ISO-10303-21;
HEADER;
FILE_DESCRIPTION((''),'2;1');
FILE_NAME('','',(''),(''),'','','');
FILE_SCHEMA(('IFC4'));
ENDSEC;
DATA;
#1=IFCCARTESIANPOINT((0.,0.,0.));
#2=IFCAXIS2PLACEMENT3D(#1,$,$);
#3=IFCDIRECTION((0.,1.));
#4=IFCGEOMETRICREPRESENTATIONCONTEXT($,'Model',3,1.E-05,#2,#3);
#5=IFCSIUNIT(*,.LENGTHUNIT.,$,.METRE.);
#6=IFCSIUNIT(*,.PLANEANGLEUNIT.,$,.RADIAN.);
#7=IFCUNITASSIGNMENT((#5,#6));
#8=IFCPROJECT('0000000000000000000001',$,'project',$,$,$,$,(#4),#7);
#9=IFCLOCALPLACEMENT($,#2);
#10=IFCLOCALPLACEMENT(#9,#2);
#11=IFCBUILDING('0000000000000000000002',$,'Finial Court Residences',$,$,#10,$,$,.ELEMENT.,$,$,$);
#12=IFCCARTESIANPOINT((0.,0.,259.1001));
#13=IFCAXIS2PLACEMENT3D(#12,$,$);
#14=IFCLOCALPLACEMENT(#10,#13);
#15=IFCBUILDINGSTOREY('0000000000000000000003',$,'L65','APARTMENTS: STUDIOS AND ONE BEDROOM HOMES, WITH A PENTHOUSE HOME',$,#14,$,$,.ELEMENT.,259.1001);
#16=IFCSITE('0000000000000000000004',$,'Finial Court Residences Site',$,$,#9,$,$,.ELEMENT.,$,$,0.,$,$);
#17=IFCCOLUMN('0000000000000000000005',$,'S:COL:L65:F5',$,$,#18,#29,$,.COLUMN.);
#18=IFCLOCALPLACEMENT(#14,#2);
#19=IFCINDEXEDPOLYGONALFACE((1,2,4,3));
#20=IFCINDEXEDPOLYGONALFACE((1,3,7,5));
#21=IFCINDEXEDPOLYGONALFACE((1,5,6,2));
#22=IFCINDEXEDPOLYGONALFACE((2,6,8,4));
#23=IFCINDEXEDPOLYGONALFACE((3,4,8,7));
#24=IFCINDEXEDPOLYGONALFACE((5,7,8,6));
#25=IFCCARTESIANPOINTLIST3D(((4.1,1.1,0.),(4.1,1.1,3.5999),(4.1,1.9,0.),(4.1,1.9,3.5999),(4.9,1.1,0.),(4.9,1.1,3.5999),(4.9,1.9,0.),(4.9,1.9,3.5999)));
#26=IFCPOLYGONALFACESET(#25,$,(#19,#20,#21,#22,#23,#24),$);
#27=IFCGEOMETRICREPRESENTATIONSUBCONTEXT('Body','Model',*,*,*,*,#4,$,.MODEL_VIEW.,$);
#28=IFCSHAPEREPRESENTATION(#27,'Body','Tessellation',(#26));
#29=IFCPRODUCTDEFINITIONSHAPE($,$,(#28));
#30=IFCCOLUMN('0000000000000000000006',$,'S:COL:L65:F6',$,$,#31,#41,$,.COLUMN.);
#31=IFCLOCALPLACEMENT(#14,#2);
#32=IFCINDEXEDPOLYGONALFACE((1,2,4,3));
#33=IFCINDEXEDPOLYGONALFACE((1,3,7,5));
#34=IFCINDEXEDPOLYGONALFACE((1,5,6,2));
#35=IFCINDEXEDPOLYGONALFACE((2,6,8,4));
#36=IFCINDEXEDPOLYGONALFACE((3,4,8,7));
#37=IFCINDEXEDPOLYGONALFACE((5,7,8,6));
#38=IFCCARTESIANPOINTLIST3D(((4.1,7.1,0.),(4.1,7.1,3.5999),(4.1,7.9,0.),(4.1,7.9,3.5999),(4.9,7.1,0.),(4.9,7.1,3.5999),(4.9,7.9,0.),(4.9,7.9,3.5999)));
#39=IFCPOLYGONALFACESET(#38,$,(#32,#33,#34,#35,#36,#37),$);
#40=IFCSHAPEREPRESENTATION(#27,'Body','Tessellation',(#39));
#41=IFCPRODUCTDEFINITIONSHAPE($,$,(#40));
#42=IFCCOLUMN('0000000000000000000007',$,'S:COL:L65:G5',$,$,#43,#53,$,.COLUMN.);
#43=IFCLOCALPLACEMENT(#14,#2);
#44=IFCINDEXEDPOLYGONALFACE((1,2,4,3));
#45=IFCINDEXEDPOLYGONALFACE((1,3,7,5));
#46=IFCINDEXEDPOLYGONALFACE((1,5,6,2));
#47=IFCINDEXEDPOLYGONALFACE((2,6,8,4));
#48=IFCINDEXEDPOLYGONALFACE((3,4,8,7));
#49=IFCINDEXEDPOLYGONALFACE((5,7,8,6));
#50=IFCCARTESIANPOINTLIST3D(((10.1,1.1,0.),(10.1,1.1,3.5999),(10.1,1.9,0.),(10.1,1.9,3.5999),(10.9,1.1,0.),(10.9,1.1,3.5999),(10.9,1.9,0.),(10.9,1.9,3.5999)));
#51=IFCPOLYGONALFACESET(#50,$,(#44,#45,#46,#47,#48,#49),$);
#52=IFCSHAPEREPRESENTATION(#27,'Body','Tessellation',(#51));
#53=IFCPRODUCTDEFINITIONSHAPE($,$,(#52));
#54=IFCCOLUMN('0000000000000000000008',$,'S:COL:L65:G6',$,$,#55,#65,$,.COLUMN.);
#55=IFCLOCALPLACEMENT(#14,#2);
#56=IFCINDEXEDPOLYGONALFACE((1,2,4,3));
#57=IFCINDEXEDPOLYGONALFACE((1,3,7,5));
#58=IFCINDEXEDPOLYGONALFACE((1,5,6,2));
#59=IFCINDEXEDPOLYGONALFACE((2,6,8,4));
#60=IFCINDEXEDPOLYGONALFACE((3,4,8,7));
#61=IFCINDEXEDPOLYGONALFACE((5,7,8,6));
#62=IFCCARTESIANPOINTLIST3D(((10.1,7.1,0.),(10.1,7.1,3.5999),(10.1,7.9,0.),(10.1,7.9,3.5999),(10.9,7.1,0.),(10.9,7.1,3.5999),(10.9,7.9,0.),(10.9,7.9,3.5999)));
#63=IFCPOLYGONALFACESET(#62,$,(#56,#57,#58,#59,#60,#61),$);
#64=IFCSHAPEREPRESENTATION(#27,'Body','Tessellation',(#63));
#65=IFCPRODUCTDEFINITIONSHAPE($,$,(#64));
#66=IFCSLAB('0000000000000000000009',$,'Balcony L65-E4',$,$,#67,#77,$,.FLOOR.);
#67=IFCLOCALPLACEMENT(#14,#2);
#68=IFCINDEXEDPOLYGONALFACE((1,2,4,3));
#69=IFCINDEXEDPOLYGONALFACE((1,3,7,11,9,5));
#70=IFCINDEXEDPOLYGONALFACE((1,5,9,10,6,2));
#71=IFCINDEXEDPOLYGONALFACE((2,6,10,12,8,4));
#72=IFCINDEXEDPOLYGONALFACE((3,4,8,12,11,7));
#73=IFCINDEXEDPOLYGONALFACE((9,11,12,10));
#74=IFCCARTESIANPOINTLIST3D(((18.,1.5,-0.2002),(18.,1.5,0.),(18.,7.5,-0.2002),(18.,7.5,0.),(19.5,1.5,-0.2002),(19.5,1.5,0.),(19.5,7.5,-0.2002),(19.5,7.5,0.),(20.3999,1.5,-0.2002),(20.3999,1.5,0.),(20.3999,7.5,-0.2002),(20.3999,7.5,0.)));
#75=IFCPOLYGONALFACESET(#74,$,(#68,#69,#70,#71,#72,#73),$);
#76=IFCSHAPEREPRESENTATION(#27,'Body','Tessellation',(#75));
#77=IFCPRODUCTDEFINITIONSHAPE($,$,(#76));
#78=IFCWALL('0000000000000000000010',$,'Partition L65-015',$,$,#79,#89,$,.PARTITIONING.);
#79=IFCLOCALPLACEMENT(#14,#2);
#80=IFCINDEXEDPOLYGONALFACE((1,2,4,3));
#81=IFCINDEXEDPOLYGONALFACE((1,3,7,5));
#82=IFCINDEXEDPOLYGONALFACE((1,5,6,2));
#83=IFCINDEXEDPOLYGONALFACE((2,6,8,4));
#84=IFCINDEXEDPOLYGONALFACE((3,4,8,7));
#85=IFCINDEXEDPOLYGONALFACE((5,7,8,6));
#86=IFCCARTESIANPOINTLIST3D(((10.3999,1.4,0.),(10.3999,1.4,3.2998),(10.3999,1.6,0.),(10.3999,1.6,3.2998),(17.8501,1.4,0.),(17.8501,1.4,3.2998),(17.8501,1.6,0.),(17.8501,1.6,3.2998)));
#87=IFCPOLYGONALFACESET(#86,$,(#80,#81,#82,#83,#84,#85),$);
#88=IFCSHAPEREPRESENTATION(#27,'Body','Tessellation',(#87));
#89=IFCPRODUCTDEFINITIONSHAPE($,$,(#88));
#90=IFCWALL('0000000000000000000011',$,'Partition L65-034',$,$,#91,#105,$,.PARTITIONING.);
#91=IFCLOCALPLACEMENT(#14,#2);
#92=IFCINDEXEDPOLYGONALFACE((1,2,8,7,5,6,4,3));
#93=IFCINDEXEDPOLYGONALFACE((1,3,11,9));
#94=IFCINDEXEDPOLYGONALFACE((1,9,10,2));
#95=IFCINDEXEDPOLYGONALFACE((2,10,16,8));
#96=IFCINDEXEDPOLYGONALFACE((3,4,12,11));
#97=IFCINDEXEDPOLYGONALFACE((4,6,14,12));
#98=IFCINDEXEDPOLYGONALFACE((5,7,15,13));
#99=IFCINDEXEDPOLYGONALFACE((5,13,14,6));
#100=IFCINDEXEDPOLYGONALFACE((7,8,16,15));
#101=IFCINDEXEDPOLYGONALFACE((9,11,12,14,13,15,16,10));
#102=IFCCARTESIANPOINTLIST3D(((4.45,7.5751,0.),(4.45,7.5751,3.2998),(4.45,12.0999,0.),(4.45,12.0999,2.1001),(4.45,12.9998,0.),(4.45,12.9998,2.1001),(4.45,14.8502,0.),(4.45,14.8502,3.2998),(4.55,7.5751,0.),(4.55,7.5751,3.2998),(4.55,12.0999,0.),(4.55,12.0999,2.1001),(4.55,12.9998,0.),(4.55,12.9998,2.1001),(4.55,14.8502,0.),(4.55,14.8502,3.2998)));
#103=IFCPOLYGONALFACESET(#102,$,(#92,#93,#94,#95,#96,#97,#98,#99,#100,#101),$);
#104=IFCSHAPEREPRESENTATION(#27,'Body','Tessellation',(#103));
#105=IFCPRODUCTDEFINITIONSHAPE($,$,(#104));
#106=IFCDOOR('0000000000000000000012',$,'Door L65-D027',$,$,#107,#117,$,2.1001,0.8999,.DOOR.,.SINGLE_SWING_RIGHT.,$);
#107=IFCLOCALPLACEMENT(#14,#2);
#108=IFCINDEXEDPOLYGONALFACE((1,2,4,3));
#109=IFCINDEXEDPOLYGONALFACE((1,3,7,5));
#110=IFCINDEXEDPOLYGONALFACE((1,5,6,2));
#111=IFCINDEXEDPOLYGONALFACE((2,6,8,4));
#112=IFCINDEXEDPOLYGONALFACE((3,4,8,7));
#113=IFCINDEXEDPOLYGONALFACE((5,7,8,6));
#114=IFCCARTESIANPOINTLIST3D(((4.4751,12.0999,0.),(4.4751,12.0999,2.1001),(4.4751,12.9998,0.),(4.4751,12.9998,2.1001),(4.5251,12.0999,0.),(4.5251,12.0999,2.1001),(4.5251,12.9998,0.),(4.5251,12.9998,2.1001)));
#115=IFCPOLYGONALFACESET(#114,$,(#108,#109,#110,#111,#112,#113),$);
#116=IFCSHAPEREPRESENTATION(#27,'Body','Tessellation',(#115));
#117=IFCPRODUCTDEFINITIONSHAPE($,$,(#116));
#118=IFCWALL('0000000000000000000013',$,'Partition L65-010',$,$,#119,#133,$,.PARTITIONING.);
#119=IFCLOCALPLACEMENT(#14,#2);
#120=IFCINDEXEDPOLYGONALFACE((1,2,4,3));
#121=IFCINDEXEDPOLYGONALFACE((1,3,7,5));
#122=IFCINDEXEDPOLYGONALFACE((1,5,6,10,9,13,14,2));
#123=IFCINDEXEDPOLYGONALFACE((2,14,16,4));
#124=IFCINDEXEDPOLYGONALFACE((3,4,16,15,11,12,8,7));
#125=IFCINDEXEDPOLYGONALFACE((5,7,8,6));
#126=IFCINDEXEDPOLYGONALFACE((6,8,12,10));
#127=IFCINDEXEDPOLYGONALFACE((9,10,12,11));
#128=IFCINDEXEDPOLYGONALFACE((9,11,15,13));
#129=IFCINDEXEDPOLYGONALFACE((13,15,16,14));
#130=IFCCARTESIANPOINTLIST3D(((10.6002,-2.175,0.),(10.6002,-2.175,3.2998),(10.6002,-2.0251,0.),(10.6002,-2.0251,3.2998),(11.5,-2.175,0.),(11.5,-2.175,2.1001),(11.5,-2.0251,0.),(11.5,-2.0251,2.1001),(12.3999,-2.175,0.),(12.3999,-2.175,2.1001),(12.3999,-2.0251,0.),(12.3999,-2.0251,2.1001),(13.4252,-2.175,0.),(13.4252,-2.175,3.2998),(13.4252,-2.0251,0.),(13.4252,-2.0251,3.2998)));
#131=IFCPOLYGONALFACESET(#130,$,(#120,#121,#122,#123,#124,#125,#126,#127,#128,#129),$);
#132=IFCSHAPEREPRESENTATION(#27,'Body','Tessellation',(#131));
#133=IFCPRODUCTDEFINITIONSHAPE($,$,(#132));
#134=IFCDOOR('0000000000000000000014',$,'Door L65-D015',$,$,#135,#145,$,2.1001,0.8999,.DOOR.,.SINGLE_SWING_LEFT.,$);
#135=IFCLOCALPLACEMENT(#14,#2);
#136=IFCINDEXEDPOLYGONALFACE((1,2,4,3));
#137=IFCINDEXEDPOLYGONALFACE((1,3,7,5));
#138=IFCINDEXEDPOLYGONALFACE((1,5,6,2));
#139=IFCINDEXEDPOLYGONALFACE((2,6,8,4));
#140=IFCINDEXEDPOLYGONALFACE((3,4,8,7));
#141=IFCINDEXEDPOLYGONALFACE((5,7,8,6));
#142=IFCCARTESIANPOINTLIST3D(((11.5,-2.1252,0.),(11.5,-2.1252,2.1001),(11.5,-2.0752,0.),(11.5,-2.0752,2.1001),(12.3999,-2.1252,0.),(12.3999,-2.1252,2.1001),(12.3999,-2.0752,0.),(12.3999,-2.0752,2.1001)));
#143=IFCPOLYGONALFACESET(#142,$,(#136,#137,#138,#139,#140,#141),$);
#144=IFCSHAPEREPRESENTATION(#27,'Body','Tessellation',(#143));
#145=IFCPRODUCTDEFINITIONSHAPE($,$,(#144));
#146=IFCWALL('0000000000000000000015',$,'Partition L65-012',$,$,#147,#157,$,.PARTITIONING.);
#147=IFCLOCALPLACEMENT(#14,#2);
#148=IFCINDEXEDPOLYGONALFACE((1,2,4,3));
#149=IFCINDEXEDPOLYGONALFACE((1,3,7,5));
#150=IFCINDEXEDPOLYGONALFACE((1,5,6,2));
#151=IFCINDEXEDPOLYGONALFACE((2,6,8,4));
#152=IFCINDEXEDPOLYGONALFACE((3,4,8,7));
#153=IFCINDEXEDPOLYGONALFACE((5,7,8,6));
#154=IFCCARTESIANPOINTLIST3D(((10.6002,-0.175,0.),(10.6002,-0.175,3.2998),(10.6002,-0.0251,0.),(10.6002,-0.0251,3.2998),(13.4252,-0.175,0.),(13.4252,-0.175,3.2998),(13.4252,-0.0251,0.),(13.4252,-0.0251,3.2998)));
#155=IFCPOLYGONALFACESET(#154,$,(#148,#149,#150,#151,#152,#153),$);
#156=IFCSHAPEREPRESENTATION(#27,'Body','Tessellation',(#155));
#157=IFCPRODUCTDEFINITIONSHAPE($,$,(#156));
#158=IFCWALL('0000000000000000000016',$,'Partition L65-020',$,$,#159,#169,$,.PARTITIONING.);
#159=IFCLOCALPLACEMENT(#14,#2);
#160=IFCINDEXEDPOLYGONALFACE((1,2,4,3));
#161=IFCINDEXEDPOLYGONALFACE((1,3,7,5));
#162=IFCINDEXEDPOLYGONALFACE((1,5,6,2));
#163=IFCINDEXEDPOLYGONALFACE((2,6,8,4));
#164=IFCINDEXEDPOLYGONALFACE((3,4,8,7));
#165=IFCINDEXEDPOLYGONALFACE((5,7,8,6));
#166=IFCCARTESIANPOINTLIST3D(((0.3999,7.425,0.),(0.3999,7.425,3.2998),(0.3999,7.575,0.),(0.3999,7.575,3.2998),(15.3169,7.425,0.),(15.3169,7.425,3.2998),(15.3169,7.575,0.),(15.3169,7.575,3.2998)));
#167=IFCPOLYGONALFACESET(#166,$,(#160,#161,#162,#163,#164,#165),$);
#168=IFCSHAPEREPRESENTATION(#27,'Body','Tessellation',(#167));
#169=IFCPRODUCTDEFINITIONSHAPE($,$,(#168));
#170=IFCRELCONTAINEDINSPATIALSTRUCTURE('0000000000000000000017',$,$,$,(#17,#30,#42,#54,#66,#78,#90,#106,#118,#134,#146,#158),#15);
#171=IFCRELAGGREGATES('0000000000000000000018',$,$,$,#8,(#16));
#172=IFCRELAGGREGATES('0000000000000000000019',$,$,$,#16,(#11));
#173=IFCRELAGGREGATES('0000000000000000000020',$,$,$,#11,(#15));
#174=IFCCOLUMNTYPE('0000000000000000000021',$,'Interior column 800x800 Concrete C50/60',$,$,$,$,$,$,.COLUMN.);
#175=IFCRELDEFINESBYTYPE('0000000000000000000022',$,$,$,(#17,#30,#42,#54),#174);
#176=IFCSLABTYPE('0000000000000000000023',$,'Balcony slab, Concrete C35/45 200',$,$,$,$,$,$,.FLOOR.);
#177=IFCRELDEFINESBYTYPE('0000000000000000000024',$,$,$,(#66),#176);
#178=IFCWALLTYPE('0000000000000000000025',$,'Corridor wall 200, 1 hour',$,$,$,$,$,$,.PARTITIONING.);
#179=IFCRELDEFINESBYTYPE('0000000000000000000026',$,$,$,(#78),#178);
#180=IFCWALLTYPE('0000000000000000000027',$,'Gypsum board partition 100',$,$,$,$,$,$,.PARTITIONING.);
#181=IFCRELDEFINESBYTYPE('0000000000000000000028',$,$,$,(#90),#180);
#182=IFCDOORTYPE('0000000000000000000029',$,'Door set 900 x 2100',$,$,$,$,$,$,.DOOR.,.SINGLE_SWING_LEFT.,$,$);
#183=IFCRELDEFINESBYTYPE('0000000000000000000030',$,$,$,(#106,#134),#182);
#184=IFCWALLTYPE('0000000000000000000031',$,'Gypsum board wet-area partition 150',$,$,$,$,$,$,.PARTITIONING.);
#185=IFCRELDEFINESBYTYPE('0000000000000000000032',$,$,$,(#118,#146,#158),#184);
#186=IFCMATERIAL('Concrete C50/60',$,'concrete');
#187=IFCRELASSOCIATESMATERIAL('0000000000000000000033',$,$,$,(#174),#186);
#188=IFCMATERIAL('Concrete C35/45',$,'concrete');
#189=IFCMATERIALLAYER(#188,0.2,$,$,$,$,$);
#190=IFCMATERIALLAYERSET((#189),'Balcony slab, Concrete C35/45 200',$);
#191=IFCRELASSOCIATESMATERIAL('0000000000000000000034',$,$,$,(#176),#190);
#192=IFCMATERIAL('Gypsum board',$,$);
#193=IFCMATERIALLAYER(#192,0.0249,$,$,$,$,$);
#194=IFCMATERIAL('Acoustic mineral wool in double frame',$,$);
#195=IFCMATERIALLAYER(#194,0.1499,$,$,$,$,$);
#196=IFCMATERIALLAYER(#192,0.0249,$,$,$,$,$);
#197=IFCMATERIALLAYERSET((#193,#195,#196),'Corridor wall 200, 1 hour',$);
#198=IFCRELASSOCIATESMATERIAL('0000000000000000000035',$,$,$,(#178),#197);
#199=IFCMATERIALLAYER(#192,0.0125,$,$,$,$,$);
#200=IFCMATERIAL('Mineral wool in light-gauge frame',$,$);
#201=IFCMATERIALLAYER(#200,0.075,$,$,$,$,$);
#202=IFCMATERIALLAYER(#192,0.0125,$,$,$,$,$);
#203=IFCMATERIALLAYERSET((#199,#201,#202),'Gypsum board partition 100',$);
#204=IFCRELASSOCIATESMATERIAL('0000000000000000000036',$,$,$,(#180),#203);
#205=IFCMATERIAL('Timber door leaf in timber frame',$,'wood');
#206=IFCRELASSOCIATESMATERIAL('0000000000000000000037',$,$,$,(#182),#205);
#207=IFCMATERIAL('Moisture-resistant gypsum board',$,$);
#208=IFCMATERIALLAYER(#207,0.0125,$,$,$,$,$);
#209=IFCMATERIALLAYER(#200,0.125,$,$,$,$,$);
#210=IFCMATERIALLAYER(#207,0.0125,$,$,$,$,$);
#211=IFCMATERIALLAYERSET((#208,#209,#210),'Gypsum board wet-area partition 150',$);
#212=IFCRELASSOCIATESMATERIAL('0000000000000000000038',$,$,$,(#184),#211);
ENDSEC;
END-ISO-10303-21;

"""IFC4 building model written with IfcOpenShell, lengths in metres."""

from ifc_helpers import new_model, si_unit, direction, frame, frame_2d, origin, origin_2d, place, context, subcontext, project, spatial, polyline, rectangle, outline, extrude, material, layer, layer_set, material_profile, profile_set, type_object, element, fill, save


model = new_model("IFC4")

# Units and contexts
model_context = context("Model", 3, precision=1e-05, world=origin(), true_north=direction((0.0, 1.0)))
body_context = subcontext(model_context, "Body", "Model", "MODEL_VIEW")
ifc_project = project(units=[si_unit("LENGTHUNIT", "METRE"), si_unit("PLANEANGLEUNIT", "RADIAN")], contexts=[model_context])

# Site, building, storey
site_placement = place(None, origin())
site = spatial("IfcSite", under=ifc_project, at=site_placement, Name="Finial Court Residences Site", CompositionType="ELEMENT", RefElevation=0.0)
building_placement = place(site_placement, origin())
building = spatial("IfcBuilding", under=site, at=building_placement, Name="Finial Court Residences", CompositionType="ELEMENT")
storey_placement = place(building_placement, frame((0.0, 0.0, 259.1001)))
storey = spatial("IfcBuildingStorey", under=building, at=storey_placement, Name="L65", Description="APARTMENTS: STUDIOS AND ONE BEDROOM HOMES, WITH A PENTHOUSE HOME", CompositionType="ELEMENT", Elevation=259.1001)

# Columns
ifc_material_1 = material(Name="Concrete C50/60", Category="concrete")
ifc_material_profile = material_profile(ifc_material_1, rectangle(XDim=0.8, YDim=0.8, at=origin_2d()), Name="800x800")
ifc_profile_set = profile_set([ifc_material_profile], Name="Concrete C50/60")
column_type = type_object("IfcColumnType", Name="Interior column 800x800 Concrete C50/60", PredefinedType="COLUMN", material=ifc_profile_set)
for number, where, z_axis, x_axis, name in (
    (1, (4.5, 1.5, 0.0), (0.0, 0.0, 1.0), (1.0, 0.0, 0.0), "S:COL:L65:F5"),
    (2, (4.5, 7.5, 0.0), (0.0, 0.0, 1.0), (1.0, 0.0, 0.0), "S:COL:L65:F6"),
    (3, (10.5, 1.5, 0.0), (0.0, 0.0, 1.0), (1.0, 0.0, 0.0), "S:COL:L65:G5"),
    (4, (10.5, 7.5, 0.0), (0.0, 0.0, 1.0), (1.0, 0.0, 0.0), "S:COL:L65:G6"),
):
    element("IfcColumn", number, at=place(storey_placement, frame(where, z_axis=z_axis, x_axis=x_axis)), inside=storey, type_object=column_type, Name=name, PredefinedType="COLUMN", context=body_context, shape_type="SweptSolid", body=[
        extrude(rectangle(XDim=0.8, YDim=0.8, at=origin_2d()), origin(), (0.0, 0.0, 1.0), 3.5999),
    ])

# Slab
ifc_material_2 = material(Name="Concrete C35/45", Category="concrete")
ifc_layer_1 = layer(ifc_material_2, 0.2)
ifc_layer_set_1 = layer_set([ifc_layer_1], Name="Balcony slab, Concrete C35/45 200")
slab_type = type_object("IfcSlabType", Name="Balcony slab, Concrete C35/45 200", PredefinedType="FLOOR", material=ifc_layer_set_1)
slab_placement = place(storey_placement, frame((0.0, 0.0, -0.2002)))
element("IfcSlab", 5, at=slab_placement, inside=storey, type_object=slab_type, Name="Balcony L65-E4", PredefinedType="FLOOR", context=body_context, shape_type="SweptSolid", body=[
    extrude(outline(polyline([(18.0, 7.5), (19.5, 7.5), (20.3999, 7.5), (20.3999, 1.5), (19.5, 1.5), (18.0, 1.5), (18.0, 7.5)])), origin(), (0.0, 0.0, 1.0), 0.2002),
])

# Wall
ifc_material_3 = material(Name="Gypsum board")
ifc_layer_2 = layer(ifc_material_3, 0.0249)
ifc_material_4 = material(Name="Acoustic mineral wool in double frame")
ifc_layer_3 = layer(ifc_material_4, 0.1499)
ifc_layer_4 = layer(ifc_material_3, 0.0249)
ifc_layer_set_2 = layer_set([ifc_layer_2, ifc_layer_3, ifc_layer_4], Name="Corridor wall 200, 1 hour")
wall_type_1 = type_object("IfcWallType", Name="Corridor wall 200, 1 hour", PredefinedType="PARTITIONING", material=ifc_layer_set_2)
wall_1_placement = place(storey_placement, frame((10.3999, 1.5, 0.0), z_axis=(0.0, 0.0, 1.0), x_axis=(1.0, 0.0, 0.0)))
element("IfcWall", 6, at=wall_1_placement, inside=storey, type_object=wall_type_1, Name="Partition L65-015", PredefinedType="PARTITIONING", context=body_context, shape_type="SweptSolid", body=[
    extrude(rectangle(XDim=7.4502, YDim=0.2, at=frame_2d((3.7251, 0.0))), origin(), (0.0, 0.0, 1.0), 3.2998),
])

# Walls, openings, doors
ifc_layer_5 = layer(ifc_material_3, 0.0125)
ifc_material_5 = material(Name="Mineral wool in light-gauge frame")
ifc_layer_6 = layer(ifc_material_5, 0.075)
ifc_layer_7 = layer(ifc_material_3, 0.0125)
ifc_layer_set_3 = layer_set([ifc_layer_5, ifc_layer_6, ifc_layer_7], Name="Gypsum board partition 100")
wall_type_2 = type_object("IfcWallType", Name="Gypsum board partition 100", PredefinedType="PARTITIONING", material=ifc_layer_set_3)
wall_2_placement = place(storey_placement, frame((4.5, 7.575, 0.0), z_axis=(0.0, 0.0, 1.0), x_axis=(0.0, 1.0, 0.0)))
wall_2 = element("IfcWall", 7, at=wall_2_placement, inside=storey, type_object=wall_type_2, Name="Partition L65-034", PredefinedType="PARTITIONING", context=body_context, shape_type="SweptSolid", body=[
    extrude(rectangle(XDim=7.2751, YDim=0.1001, at=frame_2d((3.6377, 0.0))), origin(), (0.0, 0.0, 1.0), 3.2998),
])
opening_1_placement = place(wall_2_placement, frame((4.5249, 0.0, 0.0)))
opening_1 = element("IfcOpeningElement", 8, at=opening_1_placement, cuts=wall_2, PredefinedType="OPENING", context=body_context, shape_type="SweptSolid", body=[
    extrude(rectangle(XDim=0.8999, YDim=2.1001, at=frame_2d((0.45, 1.05))), frame((0.0, 0.0601, 0.0), z_axis=(0.0, -1.0, 0.0), x_axis=(1.0, 0.0, 0.0)), (0.0, 0.0, 1.0), 0.1201),
])
ifc_material_6 = material(Name="Timber door leaf in timber frame", Category="wood")
door_type = type_object("IfcDoorType", Name="Door set 900 x 2100", OperationType="SINGLE_SWING_LEFT", PredefinedType="DOOR", material=ifc_material_6)
door_1_placement = place(opening_1_placement, origin())
door_1 = element("IfcDoor", 9, at=door_1_placement, inside=storey, type_object=door_type, Name="Door L65-D027", OperationType="SINGLE_SWING_RIGHT", OverallHeight=2.1001, OverallWidth=0.8999, PredefinedType="DOOR", context=body_context, shape_type="SweptSolid", body=[
    extrude(rectangle(XDim=0.8999, YDim=2.1001, at=frame_2d((0.45, 1.05))), frame((0.0, 0.0249, 0.0), z_axis=(0.0, -1.0, 0.0), x_axis=(1.0, 0.0, 0.0)), (0.0, 0.0, 1.0), 0.05),
])
fill(opening_1, door_1)
ifc_material_7 = material(Name="Moisture-resistant gypsum board")
ifc_layer_8 = layer(ifc_material_7, 0.0125)
ifc_layer_9 = layer(ifc_material_5, 0.125)
ifc_layer_10 = layer(ifc_material_7, 0.0125)
ifc_layer_set_4 = layer_set([ifc_layer_8, ifc_layer_9, ifc_layer_10], Name="Gypsum board wet-area partition 150")
wall_type_3 = type_object("IfcWallType", Name="Gypsum board wet-area partition 150", PredefinedType="PARTITIONING", material=ifc_layer_set_4)
wall_3_placement = place(storey_placement, frame((10.6001, -2.1001, 0.0), z_axis=(0.0, 0.0, 1.0), x_axis=(1.0, 0.0, 0.0)))
wall_3 = element("IfcWall", 10, at=wall_3_placement, inside=storey, type_object=wall_type_3, Name="Partition L65-010", PredefinedType="PARTITIONING", context=body_context, shape_type="SweptSolid", body=[
    extrude(rectangle(XDim=2.825, YDim=0.1499, at=frame_2d((1.4126, 0.0))), origin(), (0.0, 0.0, 1.0), 3.2998),
])
opening_2_placement = place(wall_3_placement, frame((0.8999, 0.0, 0.0)))
opening_2 = element("IfcOpeningElement", 11, at=opening_2_placement, cuts=wall_3, PredefinedType="OPENING", context=body_context, shape_type="SweptSolid", body=[
    extrude(rectangle(XDim=0.8999, YDim=2.1001, at=frame_2d((0.45, 1.05))), frame((0.0, 0.085, 0.0), z_axis=(0.0, -1.0, 0.0), x_axis=(1.0, 0.0, 0.0)), (0.0, 0.0, 1.0), 0.1699),
])
door_2_placement = place(opening_2_placement, origin())
door_2 = element("IfcDoor", 12, at=door_2_placement, inside=storey, type_object=door_type, Name="Door L65-D015", OperationType="SINGLE_SWING_LEFT", OverallHeight=2.1001, OverallWidth=0.8999, PredefinedType="DOOR", context=body_context, shape_type="SweptSolid", body=[
    extrude(rectangle(XDim=0.8999, YDim=2.1001, at=frame_2d((0.45, 1.05))), frame((0.0, 0.0249, 0.0), z_axis=(0.0, -1.0, 0.0), x_axis=(1.0, 0.0, 0.0)), (0.0, 0.0, 1.0), 0.05),
])
fill(opening_2, door_2)

# Walls
wall_4_placement = place(storey_placement, frame((10.6001, -0.1001, 0.0), z_axis=(0.0, 0.0, 1.0), x_axis=(1.0, 0.0, 0.0)))
element("IfcWall", 13, at=wall_4_placement, inside=storey, type_object=wall_type_3, Name="Partition L65-012", PredefinedType="PARTITIONING", context=body_context, shape_type="SweptSolid", body=[
    extrude(rectangle(XDim=2.825, YDim=0.1499, at=frame_2d((1.4126, 0.0))), origin(), (0.0, 0.0, 1.0), 3.2998),
])
wall_5_placement = place(storey_placement, frame((0.3999, 7.5, 0.0), z_axis=(0.0, 0.0, 1.0), x_axis=(1.0, 0.0, 0.0)))
element("IfcWall", 14, at=wall_5_placement, inside=storey, type_object=wall_type_3, Name="Partition L65-020", PredefinedType="PARTITIONING", context=body_context, shape_type="SweptSolid", body=[
    extrude(rectangle(XDim=14.917, YDim=0.1499, at=frame_2d((7.4585, 0.0))), origin(), (0.0, 0.0, 1.0), 3.2998),
])

save(model, "model.ifc")
